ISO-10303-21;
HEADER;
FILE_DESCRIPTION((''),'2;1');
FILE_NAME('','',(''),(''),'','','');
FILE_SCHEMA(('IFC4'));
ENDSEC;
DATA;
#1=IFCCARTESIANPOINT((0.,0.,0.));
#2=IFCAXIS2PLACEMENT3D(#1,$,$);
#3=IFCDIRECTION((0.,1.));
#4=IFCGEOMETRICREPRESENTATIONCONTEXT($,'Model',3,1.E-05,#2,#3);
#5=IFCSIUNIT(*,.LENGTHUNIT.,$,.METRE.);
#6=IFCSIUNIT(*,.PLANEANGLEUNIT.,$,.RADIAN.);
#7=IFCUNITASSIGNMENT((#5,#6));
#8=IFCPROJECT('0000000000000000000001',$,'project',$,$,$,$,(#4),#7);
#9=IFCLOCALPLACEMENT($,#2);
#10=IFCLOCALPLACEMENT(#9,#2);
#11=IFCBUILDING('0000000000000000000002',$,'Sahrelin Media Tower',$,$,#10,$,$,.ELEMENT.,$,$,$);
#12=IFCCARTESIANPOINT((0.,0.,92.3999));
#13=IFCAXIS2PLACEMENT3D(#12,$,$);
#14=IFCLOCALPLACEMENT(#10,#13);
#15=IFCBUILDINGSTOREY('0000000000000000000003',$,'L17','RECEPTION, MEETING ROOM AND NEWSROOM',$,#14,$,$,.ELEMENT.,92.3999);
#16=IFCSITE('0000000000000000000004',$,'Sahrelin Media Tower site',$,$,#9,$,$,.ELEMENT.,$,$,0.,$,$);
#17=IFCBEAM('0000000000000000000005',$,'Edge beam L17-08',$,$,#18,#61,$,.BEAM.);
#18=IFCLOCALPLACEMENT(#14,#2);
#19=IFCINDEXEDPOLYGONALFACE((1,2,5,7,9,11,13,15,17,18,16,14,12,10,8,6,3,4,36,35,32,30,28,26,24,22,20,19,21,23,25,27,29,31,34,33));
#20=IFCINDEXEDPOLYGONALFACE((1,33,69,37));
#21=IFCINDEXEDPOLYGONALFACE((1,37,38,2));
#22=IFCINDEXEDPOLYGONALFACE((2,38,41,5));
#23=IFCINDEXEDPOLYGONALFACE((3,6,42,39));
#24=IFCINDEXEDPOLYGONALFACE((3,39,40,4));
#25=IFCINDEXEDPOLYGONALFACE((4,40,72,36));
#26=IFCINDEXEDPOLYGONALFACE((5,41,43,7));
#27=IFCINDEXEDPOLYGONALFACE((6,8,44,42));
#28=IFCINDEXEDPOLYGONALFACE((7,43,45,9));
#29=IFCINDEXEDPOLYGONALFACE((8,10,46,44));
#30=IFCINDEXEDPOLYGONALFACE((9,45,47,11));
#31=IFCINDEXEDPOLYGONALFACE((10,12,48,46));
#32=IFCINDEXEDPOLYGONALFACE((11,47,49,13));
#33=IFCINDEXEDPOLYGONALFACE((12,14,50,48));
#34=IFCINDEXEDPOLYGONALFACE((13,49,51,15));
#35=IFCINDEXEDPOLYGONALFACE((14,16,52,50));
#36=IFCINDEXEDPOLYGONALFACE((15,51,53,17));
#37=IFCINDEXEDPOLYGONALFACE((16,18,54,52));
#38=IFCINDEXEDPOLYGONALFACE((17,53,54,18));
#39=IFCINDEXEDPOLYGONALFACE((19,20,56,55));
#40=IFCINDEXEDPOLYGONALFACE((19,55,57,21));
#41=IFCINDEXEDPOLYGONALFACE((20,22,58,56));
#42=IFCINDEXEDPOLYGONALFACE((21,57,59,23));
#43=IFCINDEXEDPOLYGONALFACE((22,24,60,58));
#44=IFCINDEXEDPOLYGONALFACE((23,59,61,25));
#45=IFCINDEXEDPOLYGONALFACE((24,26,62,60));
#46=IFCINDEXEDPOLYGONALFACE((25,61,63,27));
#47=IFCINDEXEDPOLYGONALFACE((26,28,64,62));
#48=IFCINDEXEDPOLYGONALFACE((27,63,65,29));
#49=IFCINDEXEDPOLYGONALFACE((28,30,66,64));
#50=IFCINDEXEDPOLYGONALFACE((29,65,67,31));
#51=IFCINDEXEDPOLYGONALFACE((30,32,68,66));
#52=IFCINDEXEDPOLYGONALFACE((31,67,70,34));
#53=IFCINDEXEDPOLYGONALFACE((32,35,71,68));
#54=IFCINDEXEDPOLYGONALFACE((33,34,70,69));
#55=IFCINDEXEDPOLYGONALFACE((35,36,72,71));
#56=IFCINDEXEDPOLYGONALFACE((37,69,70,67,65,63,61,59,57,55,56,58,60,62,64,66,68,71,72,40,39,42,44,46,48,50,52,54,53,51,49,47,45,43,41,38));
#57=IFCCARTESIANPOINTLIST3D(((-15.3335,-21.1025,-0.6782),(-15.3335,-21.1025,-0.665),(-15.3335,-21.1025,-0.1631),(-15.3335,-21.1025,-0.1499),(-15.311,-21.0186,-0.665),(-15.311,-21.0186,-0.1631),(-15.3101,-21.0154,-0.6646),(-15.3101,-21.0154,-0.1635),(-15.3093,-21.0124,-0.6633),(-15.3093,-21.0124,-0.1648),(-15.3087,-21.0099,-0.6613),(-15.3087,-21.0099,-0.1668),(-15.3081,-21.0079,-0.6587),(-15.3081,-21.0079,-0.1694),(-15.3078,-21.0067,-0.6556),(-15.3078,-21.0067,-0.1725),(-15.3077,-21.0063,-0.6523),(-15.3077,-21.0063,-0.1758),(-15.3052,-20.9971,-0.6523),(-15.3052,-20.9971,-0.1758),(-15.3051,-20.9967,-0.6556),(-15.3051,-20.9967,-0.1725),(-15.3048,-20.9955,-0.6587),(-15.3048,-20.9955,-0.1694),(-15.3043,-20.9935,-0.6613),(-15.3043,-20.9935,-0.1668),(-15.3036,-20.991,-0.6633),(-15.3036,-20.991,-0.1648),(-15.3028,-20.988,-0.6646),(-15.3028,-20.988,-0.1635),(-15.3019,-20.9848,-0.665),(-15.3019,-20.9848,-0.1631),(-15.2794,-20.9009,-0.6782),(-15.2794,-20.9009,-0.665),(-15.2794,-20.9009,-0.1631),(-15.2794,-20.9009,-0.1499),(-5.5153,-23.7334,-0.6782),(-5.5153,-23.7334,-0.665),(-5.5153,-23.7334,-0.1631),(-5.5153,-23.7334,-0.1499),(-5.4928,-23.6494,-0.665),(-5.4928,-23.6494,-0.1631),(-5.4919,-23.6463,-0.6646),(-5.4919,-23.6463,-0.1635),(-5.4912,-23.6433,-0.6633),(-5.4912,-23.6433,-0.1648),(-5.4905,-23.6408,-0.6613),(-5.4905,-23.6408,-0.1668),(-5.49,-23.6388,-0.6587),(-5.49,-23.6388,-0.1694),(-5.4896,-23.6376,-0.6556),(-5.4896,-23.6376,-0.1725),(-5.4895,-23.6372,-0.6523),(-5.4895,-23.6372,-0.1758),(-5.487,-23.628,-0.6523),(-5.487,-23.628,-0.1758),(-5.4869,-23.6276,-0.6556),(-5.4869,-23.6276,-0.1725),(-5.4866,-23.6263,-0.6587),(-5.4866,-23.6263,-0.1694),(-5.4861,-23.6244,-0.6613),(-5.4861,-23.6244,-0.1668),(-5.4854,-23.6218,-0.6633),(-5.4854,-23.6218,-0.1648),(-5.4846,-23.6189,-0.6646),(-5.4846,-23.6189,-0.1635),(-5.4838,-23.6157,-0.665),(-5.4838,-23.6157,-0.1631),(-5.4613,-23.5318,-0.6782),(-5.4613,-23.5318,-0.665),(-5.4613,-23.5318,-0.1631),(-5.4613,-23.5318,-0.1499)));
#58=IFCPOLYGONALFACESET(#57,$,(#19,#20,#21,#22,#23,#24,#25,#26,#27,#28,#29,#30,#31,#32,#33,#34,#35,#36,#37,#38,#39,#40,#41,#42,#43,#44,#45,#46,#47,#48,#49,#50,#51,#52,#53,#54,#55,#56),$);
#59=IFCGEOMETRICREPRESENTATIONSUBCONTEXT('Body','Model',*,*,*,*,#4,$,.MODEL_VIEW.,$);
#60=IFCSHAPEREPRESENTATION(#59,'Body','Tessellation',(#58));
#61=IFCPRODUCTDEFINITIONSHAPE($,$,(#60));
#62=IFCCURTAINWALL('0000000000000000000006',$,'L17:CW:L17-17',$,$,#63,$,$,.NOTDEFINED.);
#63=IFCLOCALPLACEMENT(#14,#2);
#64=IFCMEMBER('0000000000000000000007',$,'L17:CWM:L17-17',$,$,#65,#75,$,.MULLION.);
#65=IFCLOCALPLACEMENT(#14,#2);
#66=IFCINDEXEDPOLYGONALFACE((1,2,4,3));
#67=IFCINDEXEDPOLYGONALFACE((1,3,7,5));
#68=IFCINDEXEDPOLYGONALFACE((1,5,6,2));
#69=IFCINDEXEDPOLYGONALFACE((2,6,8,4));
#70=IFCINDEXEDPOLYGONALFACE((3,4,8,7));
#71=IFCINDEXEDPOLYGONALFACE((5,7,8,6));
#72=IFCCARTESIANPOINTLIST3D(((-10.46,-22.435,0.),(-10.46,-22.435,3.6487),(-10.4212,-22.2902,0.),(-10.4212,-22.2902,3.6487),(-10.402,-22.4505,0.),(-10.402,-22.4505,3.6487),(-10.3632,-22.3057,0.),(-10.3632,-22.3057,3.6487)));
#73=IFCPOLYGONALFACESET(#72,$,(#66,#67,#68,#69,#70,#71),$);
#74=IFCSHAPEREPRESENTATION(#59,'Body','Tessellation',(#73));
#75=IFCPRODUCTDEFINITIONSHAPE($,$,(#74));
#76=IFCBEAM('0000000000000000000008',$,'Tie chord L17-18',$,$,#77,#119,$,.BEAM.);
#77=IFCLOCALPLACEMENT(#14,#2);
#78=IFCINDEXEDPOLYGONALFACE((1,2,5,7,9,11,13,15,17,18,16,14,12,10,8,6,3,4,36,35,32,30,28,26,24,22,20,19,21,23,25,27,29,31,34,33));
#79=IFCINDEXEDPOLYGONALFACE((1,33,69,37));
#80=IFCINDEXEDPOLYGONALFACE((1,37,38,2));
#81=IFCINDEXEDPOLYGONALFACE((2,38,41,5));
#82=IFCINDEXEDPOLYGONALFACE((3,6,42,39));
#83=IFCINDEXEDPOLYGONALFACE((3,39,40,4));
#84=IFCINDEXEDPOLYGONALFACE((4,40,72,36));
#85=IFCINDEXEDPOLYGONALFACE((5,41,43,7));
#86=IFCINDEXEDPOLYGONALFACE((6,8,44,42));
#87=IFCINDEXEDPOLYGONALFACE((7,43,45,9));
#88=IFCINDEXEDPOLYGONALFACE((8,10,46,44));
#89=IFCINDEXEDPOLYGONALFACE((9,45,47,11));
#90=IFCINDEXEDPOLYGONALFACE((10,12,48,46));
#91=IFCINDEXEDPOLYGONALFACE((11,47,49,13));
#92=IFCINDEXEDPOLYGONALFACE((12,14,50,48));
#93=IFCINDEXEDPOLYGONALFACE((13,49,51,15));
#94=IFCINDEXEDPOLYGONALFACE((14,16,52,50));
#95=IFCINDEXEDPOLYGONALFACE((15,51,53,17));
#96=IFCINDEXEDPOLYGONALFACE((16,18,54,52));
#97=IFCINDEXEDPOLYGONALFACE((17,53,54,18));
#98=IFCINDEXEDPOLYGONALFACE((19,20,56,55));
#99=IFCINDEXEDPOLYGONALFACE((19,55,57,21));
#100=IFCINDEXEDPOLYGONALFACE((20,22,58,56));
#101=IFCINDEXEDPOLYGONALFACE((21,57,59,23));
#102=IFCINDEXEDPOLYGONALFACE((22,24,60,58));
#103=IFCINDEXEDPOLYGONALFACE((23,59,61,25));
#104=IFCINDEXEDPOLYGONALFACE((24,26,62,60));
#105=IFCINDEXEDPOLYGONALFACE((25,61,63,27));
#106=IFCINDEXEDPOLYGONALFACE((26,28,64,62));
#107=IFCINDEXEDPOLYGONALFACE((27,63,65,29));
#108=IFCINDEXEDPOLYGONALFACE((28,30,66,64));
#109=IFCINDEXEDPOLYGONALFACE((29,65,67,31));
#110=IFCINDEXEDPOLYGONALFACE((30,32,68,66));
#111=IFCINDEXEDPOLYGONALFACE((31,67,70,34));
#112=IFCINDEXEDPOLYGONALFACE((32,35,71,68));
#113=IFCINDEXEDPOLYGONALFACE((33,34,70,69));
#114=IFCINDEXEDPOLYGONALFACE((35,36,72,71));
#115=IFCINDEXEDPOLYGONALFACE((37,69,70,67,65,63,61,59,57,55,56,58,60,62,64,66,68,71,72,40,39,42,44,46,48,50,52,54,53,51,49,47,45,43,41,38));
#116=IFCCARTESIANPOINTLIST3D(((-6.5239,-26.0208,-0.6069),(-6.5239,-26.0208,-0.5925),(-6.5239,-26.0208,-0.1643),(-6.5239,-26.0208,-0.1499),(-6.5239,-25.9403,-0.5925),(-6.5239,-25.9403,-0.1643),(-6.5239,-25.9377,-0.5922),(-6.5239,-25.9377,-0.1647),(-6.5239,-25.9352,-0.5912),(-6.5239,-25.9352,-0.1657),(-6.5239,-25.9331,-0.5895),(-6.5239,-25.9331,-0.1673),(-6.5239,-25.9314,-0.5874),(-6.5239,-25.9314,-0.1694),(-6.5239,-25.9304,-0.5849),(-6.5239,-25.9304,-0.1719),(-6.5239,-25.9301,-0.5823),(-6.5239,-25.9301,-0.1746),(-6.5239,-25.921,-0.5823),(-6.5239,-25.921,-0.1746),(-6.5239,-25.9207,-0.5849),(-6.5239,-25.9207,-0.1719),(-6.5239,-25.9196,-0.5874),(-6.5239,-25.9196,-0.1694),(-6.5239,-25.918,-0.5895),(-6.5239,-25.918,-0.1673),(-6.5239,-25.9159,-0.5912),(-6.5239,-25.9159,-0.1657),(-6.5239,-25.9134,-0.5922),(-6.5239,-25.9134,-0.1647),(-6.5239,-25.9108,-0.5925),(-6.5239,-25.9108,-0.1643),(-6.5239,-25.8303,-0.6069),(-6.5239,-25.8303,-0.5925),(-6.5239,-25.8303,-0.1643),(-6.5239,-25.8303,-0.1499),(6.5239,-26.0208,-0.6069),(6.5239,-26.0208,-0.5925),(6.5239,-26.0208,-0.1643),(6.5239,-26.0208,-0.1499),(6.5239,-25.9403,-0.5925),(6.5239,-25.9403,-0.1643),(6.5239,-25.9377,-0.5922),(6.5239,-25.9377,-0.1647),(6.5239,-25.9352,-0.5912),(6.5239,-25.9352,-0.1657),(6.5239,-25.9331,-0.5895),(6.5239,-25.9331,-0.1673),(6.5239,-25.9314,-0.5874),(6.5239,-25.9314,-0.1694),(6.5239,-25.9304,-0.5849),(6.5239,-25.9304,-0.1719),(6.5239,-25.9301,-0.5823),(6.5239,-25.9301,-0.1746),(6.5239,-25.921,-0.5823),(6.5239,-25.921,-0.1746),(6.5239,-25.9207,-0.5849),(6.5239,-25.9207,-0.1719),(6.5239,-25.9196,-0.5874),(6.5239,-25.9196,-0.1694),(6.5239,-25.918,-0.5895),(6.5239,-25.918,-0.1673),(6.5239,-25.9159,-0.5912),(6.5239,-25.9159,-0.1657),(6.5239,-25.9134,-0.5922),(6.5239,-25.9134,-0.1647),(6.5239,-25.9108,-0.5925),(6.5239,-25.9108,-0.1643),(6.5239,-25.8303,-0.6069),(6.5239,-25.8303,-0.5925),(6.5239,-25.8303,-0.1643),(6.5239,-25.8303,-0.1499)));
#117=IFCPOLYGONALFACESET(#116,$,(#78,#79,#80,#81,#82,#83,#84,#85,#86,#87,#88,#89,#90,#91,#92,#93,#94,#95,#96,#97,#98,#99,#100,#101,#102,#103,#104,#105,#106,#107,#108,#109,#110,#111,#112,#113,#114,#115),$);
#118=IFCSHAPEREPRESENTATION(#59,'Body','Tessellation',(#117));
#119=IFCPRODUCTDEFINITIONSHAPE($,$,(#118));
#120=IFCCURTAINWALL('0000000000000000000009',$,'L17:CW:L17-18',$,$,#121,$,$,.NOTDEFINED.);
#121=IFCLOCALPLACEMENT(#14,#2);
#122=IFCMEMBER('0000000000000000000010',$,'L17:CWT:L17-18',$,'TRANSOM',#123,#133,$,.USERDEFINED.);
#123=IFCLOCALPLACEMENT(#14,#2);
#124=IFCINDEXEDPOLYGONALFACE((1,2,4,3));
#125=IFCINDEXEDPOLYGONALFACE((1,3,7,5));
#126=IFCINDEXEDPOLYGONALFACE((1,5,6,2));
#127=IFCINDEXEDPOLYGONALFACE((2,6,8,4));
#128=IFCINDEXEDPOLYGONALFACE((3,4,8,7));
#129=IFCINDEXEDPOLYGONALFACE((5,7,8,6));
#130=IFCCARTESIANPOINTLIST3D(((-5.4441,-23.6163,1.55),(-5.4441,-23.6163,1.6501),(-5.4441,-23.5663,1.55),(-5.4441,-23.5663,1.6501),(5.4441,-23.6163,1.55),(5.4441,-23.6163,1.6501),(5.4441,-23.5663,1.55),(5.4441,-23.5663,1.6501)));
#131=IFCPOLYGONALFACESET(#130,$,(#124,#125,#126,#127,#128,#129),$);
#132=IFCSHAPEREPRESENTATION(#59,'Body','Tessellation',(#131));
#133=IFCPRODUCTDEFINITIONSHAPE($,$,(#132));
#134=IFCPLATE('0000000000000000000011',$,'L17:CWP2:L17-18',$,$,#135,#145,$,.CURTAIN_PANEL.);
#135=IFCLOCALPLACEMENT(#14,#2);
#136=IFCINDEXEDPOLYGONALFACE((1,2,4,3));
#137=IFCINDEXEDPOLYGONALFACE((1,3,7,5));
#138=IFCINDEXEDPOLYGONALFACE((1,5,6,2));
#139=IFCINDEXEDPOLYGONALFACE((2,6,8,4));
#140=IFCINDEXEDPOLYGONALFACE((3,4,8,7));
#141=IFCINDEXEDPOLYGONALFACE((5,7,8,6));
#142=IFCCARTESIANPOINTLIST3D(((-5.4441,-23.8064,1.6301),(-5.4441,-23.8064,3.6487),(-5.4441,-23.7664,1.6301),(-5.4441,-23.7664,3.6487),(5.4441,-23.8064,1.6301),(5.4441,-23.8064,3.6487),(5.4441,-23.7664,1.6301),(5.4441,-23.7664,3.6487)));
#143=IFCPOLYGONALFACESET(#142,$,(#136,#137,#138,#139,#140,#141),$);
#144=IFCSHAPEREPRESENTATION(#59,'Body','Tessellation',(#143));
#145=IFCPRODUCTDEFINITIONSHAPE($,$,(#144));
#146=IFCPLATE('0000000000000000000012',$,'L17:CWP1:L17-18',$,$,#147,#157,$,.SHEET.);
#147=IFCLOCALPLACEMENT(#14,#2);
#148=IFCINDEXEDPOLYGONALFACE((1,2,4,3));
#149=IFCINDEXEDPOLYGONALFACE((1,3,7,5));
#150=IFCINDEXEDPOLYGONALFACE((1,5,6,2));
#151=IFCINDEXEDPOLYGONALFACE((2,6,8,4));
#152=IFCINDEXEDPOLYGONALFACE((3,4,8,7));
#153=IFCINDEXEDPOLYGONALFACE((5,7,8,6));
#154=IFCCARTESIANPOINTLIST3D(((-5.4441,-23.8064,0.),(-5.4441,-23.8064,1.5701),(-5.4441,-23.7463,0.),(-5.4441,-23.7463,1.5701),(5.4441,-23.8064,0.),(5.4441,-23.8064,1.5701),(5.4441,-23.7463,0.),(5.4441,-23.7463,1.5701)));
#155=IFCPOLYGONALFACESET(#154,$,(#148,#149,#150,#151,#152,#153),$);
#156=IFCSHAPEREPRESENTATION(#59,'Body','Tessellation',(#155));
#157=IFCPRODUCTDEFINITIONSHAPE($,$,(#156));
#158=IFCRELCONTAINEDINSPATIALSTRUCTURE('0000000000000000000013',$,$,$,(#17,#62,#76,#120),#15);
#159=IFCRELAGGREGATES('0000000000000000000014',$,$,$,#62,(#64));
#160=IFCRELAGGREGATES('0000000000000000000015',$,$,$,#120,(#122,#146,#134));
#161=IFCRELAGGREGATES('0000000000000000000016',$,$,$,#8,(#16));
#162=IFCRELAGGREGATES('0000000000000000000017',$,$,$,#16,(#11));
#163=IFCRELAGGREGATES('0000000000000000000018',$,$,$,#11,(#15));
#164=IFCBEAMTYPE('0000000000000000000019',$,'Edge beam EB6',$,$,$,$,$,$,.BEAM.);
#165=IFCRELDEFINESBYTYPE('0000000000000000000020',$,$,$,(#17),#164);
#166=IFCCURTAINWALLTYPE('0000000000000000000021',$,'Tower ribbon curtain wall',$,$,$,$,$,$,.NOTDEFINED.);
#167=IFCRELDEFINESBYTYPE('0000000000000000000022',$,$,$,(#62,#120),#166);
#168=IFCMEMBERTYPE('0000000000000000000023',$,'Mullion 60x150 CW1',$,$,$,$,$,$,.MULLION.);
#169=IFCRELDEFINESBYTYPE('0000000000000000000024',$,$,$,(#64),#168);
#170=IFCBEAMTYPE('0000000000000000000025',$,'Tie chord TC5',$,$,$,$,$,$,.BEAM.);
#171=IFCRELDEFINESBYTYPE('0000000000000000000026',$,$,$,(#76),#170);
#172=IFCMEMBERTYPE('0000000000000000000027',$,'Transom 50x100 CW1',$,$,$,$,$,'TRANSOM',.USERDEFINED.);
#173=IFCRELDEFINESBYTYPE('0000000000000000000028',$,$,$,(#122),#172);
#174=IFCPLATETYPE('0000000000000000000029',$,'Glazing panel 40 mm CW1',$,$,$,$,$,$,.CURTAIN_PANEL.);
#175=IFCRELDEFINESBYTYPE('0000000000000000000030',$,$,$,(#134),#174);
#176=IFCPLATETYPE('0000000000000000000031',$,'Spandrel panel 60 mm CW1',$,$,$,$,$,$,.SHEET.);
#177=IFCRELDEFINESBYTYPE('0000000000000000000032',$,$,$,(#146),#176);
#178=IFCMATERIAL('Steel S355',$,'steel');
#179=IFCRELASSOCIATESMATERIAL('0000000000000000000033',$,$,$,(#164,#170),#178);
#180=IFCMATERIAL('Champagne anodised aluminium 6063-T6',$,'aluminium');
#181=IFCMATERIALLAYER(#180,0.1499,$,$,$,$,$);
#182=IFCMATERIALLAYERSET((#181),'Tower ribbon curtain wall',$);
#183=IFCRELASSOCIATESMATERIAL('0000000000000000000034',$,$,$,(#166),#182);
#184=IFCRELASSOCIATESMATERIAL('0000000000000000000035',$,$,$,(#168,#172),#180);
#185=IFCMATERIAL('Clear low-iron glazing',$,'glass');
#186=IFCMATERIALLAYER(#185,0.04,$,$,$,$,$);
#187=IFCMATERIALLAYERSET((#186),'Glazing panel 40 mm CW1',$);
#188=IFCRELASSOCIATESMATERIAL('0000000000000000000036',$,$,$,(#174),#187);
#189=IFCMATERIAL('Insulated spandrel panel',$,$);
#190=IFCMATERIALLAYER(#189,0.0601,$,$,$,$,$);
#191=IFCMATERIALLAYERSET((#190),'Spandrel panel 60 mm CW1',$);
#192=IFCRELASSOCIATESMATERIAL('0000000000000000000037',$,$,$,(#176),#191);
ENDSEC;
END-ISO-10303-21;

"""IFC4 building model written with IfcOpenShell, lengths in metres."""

from ifc_helpers import new_model, si_unit, direction, frame, origin, origin_2d, place, context, subcontext, project, spatial, polyline, rectangle, i_section, outline, extrude, material, layer, layer_set, material_profile, profile_set, type_object, element, aggregate, save


model = new_model("IFC4")

# Units and contexts
model_context = context("Model", 3, precision=1e-05, world=origin(), true_north=direction((0.0, 1.0)))
body_context = subcontext(model_context, "Body", "Model", "MODEL_VIEW")
ifc_project = project(units=[si_unit("LENGTHUNIT", "METRE"), si_unit("PLANEANGLEUNIT", "RADIAN")], contexts=[model_context])

# Site, building, storey
site_placement = place(None, origin())
site = spatial("IfcSite", under=ifc_project, at=site_placement, Name="Sahrelin Media Tower site", CompositionType="ELEMENT", RefElevation=0.0)
building_placement = place(site_placement, origin())
building = spatial("IfcBuilding", under=site, at=building_placement, Name="Sahrelin Media Tower", CompositionType="ELEMENT")
storey_placement = place(building_placement, frame((0.0, 0.0, 92.3999)))
storey = spatial("IfcBuildingStorey", under=building, at=storey_placement, Name="L17", Description="RECEPTION, MEETING ROOM AND NEWSROOM", CompositionType="ELEMENT", Elevation=92.3999)

# Beam
ifc_material_1 = material(Name="Steel S355", Category="steel")
ifc_material_profile_1 = material_profile(ifc_material_1, i_section(OverallWidth=0.2087, OverallDepth=0.5283, WebThickness=0.0095, FlangeThickness=0.0132, FilletRadius=0.0127, at=origin_2d()), Name="UB 533x210x82")
ifc_profile_set_1 = profile_set([ifc_material_profile_1], Name="Steel S355")
beam_type_1 = type_object("IfcBeamType", Name="Edge beam EB6", PredefinedType="BEAM", material=ifc_profile_set_1)
beam_1_placement = place(storey_placement, frame((-5.4883, -23.6326, -0.4141), z_axis=(-0.965923, 0.258829, 0.0), x_axis=(-0.258829, -0.965923, 0.0)))
element("IfcBeam", 1, at=beam_1_placement, inside=storey, type_object=beam_type_1, Name="Edge beam L17-08", PredefinedType="BEAM", context=body_context, shape_type="SweptSolid", body=[
    extrude(i_section(OverallWidth=0.2087, OverallDepth=0.5283, WebThickness=0.0095, FlangeThickness=0.0132, FilletRadius=0.0127, at=origin_2d()), origin(), (0.0, 0.0, 1.0), 10.1646),
])

# Curtain wall, member
ifc_material_2 = material(Name="Champagne anodised aluminium 6063-T6", Category="aluminium")
ifc_layer_1 = layer(ifc_material_2, 0.1499)
ifc_layer_set_1 = layer_set([ifc_layer_1], Name="Tower ribbon curtain wall")
curtain_wall_type = type_object("IfcCurtainWallType", Name="Tower ribbon curtain wall", PredefinedType="NOTDEFINED", material=ifc_layer_set_1)
curtain_wall_1_placement = place(storey_placement, frame((-10.4363, -22.4619, 0.0), z_axis=(0.0, 0.0, 1.0), x_axis=(1.0, 0.0, 0.0)))
curtain_wall_1 = element("IfcCurtainWall", 2, at=curtain_wall_1_placement, inside=storey, type_object=curtain_wall_type, Name="L17:CW:L17-17", PredefinedType="NOTDEFINED")
ifc_material_profile_2 = material_profile(ifc_material_2, rectangle(XDim=0.0601, YDim=0.1499, at=origin_2d()), Name="Mullion 60x150")
ifc_profile_set_2 = profile_set([ifc_material_profile_2], Name="Champagne anodised aluminium 6063-T6")
member_type_1 = type_object("IfcMemberType", Name="Mullion 60x150 CW1", PredefinedType="MULLION", material=ifc_profile_set_2)
member_1_placement = place(storey_placement, frame((-10.4116, -22.3704, 0.0), z_axis=(0.0, 0.0, 1.0), x_axis=(0.965926, -0.258817, 0.0)))
member_1 = element("IfcMember", 3, at=member_1_placement, type_object=member_type_1, Name="L17:CWM:L17-17", PredefinedType="MULLION", context=body_context, shape_type="SweptSolid", body=[
    extrude(rectangle(XDim=0.0601, YDim=0.1499, at=origin_2d()), origin(), (0.0, 0.0, 1.0), 3.6487),
])
aggregate(curtain_wall_1, [member_1])

# Beam
ifc_material_profile_3 = material_profile(ifc_material_1, i_section(OverallWidth=0.1904, OverallDepth=0.457, WebThickness=0.009, FlangeThickness=0.0144, FilletRadius=0.0103, at=origin_2d()), Name="UB 457x191x74")
ifc_profile_set_3 = profile_set([ifc_material_profile_3], Name="Steel S355")
beam_type_2 = type_object("IfcBeamType", Name="Tie chord TC5", PredefinedType="BEAM", material=ifc_profile_set_3)
beam_2_placement = place(storey_placement, frame((-6.5239, -25.9255, -0.3784), z_axis=(1.0, 0.0, 0.0), x_axis=(0.0, 1.0, 0.0)))
element("IfcBeam", 4, at=beam_2_placement, inside=storey, type_object=beam_type_2, Name="Tie chord L17-18", PredefinedType="BEAM", context=body_context, shape_type="SweptSolid", body=[
    extrude(i_section(OverallWidth=0.1904, OverallDepth=0.457, WebThickness=0.009, FlangeThickness=0.0144, FilletRadius=0.0103, at=origin_2d()), origin(), (0.0, 0.0, 1.0), 13.0479),
])

# Curtain wall, member, plates
curtain_wall_2_placement = place(storey_placement, frame((0.0, -23.7864, 0.0), z_axis=(0.0, 0.0, 1.0), x_axis=(1.0, 0.0, 0.0)))
curtain_wall_2 = element("IfcCurtainWall", 5, at=curtain_wall_2_placement, inside=storey, type_object=curtain_wall_type, Name="L17:CW:L17-18", PredefinedType="NOTDEFINED")
ifc_material_profile_4 = material_profile(ifc_material_2, rectangle(XDim=0.05, YDim=0.1001, at=origin_2d()), Name="Transom 50x100")
ifc_profile_set_4 = profile_set([ifc_material_profile_4], Name="Champagne anodised aluminium 6063-T6")
member_type_2 = type_object("IfcMemberType", Name="Transom 50x100 CW1", ElementType="TRANSOM", PredefinedType="USERDEFINED", material=ifc_profile_set_4)
member_2_placement = place(storey_placement, frame((-5.4441, -23.5913, 1.6001), z_axis=(1.0, 0.0, 0.0), x_axis=(0.0, 1.0, 0.0)))
member_2 = element("IfcMember", 6, at=member_2_placement, type_object=member_type_2, Name="L17:CWT:L17-18", ObjectType="TRANSOM", PredefinedType="USERDEFINED", context=body_context, shape_type="SweptSolid", body=[
    extrude(rectangle(XDim=0.05, YDim=0.1001, at=origin_2d()), origin(), (0.0, 0.0, 1.0), 10.8882),
])
ifc_material_3 = material(Name="Clear low-iron glazing", Category="glass")
ifc_layer_2 = layer(ifc_material_3, 0.04)
ifc_layer_set_2 = layer_set([ifc_layer_2], Name="Glazing panel 40 mm CW1")
plate_type_1 = type_object("IfcPlateType", Name="Glazing panel 40 mm CW1", PredefinedType="CURTAIN_PANEL", material=ifc_layer_set_2)
plate_1_placement = place(storey_placement, frame((-5.4441, -23.8064, 1.6301), z_axis=(0.0, -1.0, 0.0), x_axis=(1.0, 0.0, 0.0)))
plate_1 = element("IfcPlate", 7, at=plate_1_placement, type_object=plate_type_1, Name="L17:CWP2:L17-18", PredefinedType="CURTAIN_PANEL", context=body_context, shape_type="SweptSolid", body=[
    extrude(outline(polyline([(0.0, 0.0), (10.8882, 0.0), (10.8882, 2.0186), (0.0, 2.0186), (0.0, 0.0)])), origin(), (0.0, 0.0, -1.0), 0.04),
])
ifc_material_4 = material(Name="Insulated spandrel panel")
ifc_layer_3 = layer(ifc_material_4, 0.0601)
ifc_layer_set_3 = layer_set([ifc_layer_3], Name="Spandrel panel 60 mm CW1")
plate_type_2 = type_object("IfcPlateType", Name="Spandrel panel 60 mm CW1", PredefinedType="SHEET", material=ifc_layer_set_3)
plate_2_placement = place(storey_placement, frame((-5.4441, -23.8064, 0.0), z_axis=(0.0, -1.0, 0.0), x_axis=(1.0, 0.0, 0.0)))
plate_2 = element("IfcPlate", 8, at=plate_2_placement, type_object=plate_type_2, Name="L17:CWP1:L17-18", PredefinedType="SHEET", context=body_context, shape_type="SweptSolid", body=[
    extrude(outline(polyline([(0.0, 0.0), (10.8882, 0.0), (10.8882, 1.5701), (0.0, 1.5701), (0.0, 0.0)])), origin(), (0.0, 0.0, -1.0), 0.0601),
])
aggregate(curtain_wall_2, [member_2, plate_2, plate_1])

save(model, "model.ifc")
